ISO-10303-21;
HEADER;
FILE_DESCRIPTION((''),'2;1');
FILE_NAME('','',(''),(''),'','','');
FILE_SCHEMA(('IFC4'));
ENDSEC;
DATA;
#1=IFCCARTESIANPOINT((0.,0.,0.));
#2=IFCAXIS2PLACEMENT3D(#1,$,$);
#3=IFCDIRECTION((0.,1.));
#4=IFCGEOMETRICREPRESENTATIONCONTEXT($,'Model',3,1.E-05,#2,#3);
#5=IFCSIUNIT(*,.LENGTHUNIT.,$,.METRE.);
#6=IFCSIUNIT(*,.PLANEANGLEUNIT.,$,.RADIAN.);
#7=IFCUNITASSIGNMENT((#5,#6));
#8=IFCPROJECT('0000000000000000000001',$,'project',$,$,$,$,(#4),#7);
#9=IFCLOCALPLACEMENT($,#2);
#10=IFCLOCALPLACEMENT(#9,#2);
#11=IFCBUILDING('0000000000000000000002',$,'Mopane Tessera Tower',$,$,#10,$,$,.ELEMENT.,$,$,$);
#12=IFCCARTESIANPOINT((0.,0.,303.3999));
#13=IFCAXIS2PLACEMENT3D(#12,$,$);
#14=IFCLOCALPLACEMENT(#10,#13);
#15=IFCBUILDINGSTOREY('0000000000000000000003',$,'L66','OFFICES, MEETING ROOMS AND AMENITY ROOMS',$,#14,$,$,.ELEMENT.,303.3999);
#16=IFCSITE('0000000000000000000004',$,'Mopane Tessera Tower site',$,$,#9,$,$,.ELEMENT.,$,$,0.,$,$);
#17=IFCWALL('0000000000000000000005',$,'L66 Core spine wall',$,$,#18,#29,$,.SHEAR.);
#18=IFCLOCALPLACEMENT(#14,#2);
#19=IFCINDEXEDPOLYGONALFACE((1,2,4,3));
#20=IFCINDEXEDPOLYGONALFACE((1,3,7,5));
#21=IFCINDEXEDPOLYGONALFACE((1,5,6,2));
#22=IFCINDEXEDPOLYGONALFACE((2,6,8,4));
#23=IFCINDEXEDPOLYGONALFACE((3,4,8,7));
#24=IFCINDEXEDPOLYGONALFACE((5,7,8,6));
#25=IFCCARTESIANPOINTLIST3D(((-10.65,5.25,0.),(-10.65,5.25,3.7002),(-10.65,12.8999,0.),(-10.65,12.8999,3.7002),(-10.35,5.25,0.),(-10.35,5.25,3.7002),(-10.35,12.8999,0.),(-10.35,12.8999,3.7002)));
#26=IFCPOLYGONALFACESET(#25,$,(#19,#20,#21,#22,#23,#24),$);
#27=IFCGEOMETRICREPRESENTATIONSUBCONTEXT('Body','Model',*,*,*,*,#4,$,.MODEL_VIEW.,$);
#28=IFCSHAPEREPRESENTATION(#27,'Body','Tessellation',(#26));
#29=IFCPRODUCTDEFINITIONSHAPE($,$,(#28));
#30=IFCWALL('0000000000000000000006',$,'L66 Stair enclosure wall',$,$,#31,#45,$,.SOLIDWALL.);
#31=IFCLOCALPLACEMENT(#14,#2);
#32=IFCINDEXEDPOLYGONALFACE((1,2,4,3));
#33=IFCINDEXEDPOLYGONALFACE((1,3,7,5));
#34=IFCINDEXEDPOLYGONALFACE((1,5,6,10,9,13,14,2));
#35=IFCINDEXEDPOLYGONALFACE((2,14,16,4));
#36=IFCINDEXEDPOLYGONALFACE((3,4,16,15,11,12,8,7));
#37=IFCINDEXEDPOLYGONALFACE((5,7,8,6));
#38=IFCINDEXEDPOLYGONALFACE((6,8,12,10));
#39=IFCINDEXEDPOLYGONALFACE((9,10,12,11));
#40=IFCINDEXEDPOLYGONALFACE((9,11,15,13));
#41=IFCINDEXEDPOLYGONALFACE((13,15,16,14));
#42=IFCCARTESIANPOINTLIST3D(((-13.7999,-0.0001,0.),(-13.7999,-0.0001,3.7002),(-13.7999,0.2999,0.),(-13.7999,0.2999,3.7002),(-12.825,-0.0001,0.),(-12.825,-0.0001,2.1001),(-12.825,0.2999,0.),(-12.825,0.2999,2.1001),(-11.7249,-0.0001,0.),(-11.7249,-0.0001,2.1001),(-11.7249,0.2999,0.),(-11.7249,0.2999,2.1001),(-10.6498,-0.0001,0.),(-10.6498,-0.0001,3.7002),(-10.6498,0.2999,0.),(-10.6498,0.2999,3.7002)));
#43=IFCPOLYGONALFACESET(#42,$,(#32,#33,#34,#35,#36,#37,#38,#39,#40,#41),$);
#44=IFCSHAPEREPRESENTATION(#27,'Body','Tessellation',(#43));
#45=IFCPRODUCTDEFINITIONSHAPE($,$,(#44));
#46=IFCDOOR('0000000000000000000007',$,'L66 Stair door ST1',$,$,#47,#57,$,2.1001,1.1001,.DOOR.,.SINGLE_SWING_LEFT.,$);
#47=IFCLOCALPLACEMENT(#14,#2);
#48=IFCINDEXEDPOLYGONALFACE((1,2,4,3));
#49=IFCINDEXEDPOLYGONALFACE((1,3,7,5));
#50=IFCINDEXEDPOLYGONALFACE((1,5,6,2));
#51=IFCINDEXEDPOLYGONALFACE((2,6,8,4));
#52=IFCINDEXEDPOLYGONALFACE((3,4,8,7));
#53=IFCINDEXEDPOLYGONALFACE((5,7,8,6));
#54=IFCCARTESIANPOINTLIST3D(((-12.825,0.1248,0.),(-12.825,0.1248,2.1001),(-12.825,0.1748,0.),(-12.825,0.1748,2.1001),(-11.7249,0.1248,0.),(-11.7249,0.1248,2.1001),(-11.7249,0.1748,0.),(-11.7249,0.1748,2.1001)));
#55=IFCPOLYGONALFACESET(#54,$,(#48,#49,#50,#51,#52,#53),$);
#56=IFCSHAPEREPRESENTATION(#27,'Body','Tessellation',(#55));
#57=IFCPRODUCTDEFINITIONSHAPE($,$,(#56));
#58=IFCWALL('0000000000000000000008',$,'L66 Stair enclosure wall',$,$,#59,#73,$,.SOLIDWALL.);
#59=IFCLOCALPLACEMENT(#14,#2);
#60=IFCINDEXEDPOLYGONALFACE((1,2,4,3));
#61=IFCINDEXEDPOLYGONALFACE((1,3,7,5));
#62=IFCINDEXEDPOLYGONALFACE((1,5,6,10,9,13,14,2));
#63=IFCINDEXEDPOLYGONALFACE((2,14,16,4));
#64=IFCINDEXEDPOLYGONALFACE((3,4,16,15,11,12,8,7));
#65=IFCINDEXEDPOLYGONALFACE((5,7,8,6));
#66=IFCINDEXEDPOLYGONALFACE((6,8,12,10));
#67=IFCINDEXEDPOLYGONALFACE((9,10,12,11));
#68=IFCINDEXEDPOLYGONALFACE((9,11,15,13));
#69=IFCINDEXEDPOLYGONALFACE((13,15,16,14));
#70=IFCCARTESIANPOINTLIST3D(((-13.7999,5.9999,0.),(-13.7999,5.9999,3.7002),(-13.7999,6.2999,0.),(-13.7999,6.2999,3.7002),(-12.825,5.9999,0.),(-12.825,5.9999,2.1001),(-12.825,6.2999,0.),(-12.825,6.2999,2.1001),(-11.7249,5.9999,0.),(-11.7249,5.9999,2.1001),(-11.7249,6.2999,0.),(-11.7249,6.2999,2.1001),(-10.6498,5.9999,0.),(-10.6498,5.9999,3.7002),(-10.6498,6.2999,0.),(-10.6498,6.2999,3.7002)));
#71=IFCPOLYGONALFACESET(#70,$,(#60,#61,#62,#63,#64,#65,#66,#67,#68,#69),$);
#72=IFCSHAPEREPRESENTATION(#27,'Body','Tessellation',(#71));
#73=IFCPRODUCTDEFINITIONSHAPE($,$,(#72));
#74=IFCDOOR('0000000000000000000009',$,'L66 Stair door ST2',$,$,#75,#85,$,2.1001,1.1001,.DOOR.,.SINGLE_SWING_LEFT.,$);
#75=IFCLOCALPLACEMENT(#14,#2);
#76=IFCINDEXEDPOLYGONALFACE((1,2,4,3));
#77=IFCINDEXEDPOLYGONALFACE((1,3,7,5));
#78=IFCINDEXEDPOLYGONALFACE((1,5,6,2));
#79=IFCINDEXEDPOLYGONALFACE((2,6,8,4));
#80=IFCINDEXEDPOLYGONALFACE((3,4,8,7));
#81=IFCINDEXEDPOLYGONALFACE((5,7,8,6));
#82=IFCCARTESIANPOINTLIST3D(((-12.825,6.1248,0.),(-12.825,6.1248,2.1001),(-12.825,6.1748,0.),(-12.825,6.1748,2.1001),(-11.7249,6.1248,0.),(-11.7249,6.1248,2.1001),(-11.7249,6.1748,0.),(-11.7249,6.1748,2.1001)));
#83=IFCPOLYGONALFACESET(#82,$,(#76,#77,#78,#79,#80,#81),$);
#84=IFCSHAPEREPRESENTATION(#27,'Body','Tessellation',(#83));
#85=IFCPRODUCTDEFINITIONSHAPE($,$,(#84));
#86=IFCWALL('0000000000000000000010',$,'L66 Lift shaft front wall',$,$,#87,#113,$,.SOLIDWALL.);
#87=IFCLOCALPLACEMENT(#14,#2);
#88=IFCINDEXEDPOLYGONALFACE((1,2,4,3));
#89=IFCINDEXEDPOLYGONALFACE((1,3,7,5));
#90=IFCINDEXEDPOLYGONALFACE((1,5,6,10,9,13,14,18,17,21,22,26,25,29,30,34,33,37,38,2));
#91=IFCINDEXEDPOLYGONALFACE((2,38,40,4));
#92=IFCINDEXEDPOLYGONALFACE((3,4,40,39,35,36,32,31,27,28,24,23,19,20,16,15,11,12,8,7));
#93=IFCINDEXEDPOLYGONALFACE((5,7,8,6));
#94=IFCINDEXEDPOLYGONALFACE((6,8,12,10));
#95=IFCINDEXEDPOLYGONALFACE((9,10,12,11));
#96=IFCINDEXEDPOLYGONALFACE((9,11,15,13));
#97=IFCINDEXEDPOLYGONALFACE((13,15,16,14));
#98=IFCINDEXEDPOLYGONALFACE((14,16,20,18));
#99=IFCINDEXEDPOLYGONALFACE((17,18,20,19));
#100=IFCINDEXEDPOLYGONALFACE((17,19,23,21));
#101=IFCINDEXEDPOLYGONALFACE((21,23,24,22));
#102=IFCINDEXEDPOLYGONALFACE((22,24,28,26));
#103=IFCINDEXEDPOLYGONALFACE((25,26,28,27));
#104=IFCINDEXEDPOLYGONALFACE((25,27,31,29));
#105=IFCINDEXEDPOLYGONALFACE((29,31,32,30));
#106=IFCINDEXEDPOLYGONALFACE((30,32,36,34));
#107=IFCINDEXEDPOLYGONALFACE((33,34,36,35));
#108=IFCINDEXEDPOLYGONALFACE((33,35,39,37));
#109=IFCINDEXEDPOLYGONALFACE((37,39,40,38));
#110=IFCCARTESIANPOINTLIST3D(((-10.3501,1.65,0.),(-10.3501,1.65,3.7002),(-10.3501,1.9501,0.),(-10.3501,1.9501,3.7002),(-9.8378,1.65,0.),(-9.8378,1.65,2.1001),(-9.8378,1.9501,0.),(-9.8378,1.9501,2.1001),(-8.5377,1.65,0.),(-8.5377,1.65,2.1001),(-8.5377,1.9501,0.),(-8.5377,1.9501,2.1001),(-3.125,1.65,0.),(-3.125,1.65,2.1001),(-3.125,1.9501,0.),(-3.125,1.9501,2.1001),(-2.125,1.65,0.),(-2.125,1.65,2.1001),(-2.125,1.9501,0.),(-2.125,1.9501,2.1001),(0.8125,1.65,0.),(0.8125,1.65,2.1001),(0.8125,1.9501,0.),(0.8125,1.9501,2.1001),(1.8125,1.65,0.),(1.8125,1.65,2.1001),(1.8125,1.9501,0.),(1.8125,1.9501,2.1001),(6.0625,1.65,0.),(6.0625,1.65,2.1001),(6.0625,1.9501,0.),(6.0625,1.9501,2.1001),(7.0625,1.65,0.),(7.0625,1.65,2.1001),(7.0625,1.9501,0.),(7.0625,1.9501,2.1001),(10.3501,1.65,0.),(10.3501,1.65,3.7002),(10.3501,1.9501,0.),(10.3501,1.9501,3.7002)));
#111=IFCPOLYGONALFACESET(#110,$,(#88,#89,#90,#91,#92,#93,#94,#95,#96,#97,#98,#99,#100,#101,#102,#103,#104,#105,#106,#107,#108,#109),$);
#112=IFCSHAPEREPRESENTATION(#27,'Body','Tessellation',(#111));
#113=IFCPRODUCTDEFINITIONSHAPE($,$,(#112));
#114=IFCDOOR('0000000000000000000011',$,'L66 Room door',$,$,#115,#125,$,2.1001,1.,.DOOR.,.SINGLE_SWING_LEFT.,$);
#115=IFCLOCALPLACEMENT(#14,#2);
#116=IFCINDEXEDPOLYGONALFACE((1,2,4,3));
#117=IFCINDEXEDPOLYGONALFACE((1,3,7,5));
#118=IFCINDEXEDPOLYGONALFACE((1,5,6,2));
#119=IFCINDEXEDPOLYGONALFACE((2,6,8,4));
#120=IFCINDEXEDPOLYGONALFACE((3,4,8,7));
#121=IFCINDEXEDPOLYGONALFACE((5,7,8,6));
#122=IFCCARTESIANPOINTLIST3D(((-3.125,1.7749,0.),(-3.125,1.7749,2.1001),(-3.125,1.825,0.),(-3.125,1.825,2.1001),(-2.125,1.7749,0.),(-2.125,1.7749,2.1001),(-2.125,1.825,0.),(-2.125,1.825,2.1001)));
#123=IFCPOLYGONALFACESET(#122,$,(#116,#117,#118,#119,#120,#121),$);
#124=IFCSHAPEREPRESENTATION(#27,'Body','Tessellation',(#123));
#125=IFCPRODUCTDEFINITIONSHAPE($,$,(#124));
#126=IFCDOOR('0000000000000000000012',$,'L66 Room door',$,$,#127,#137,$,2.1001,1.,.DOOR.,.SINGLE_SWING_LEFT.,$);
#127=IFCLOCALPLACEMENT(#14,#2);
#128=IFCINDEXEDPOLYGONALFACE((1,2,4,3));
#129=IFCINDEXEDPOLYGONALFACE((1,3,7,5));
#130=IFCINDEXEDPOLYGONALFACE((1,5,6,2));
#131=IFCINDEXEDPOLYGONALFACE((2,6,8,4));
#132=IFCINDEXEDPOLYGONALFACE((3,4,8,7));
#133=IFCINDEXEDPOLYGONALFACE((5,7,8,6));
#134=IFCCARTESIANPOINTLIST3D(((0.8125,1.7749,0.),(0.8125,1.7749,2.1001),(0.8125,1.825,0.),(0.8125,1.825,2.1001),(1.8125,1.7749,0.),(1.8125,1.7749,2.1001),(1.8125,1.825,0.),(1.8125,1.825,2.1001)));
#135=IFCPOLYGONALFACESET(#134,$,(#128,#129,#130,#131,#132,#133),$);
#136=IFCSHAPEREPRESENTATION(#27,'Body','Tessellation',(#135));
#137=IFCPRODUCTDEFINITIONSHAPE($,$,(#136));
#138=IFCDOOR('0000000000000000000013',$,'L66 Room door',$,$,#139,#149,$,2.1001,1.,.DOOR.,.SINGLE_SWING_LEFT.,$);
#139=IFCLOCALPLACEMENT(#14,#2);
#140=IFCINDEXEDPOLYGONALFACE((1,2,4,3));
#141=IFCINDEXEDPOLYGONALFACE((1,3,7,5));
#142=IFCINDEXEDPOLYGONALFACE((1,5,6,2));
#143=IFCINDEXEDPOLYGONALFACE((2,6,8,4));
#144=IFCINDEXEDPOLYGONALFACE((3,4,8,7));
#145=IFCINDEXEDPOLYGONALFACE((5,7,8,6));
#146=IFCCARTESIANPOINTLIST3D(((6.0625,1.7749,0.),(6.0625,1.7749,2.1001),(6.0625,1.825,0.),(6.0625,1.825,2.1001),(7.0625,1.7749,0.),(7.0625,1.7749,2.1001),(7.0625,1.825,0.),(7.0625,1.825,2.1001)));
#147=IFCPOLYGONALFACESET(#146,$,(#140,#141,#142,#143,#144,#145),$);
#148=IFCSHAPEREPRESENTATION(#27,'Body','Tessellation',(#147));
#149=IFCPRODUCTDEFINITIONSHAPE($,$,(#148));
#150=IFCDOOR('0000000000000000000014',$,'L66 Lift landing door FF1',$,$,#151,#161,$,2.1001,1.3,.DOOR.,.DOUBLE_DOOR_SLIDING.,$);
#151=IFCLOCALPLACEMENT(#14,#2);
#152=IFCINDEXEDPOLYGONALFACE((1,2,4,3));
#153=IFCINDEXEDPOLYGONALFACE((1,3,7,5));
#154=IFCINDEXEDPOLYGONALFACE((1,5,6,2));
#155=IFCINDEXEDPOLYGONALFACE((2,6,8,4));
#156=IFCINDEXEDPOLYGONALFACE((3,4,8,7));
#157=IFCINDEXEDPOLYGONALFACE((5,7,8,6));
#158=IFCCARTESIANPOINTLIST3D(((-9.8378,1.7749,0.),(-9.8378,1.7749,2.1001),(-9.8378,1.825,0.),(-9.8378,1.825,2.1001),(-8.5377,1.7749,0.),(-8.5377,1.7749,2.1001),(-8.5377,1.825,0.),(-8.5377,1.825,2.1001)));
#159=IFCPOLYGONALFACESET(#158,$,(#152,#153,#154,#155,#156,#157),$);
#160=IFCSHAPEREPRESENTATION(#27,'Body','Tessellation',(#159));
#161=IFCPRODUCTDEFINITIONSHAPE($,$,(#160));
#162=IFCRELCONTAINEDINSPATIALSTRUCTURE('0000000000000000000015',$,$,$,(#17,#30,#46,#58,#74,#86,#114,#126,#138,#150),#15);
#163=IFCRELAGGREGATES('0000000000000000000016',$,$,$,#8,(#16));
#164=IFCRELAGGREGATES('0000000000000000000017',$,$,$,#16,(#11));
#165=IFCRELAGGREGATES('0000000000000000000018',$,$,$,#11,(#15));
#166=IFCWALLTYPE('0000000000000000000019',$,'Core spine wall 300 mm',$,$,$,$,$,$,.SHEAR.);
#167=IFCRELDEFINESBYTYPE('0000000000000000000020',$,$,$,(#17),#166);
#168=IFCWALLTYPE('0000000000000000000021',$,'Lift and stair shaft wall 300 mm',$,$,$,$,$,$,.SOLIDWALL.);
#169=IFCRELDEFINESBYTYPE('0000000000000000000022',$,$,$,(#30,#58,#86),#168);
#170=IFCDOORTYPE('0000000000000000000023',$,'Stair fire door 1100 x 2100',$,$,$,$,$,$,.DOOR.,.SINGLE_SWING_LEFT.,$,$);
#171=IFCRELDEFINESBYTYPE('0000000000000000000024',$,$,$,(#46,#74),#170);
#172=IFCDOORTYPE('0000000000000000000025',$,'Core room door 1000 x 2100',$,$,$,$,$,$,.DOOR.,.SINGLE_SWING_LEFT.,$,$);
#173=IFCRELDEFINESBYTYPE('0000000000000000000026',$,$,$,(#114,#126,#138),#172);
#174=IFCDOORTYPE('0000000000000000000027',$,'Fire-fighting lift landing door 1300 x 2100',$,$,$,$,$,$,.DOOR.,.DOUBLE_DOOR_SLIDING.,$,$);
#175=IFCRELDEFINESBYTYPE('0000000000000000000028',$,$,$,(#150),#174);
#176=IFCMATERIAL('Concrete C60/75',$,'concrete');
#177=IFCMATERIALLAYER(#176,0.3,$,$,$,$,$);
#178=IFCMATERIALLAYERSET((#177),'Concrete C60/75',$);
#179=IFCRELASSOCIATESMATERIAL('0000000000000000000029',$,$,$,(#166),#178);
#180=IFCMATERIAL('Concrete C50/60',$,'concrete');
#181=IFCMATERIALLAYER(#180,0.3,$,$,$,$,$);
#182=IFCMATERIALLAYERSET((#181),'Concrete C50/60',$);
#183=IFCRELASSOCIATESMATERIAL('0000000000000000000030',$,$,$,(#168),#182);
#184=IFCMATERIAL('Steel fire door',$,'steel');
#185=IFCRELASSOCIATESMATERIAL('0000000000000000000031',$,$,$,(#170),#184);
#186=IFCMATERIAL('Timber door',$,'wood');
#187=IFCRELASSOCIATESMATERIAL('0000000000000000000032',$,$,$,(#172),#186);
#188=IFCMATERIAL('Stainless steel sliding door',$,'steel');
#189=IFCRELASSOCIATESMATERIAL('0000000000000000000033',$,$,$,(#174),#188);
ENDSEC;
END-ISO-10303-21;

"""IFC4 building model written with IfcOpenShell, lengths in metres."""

from ifc_helpers import new_model, si_unit, direction, frame, frame_2d, origin, place, context, subcontext, project, spatial, rectangle, extrude, material, layer, layer_set, type_object, element, fill, save


model = new_model("IFC4")

# Units and contexts
model_context = context("Model", 3, precision=1e-05, world=origin(), true_north=direction((0.0, 1.0)))
body_context = subcontext(model_context, "Body", "Model", "MODEL_VIEW")
ifc_project = project(units=[si_unit("LENGTHUNIT", "METRE"), si_unit("PLANEANGLEUNIT", "RADIAN")], contexts=[model_context])

# Site, building, storey
site_placement = place(None, origin())
site = spatial("IfcSite", under=ifc_project, at=site_placement, Name="Mopane Tessera Tower site", CompositionType="ELEMENT", RefElevation=0.0)
building_placement = place(site_placement, origin())
building = spatial("IfcBuilding", under=site, at=building_placement, Name="Mopane Tessera Tower", CompositionType="ELEMENT")
storey_placement = place(building_placement, frame((0.0, 0.0, 303.3999)))
storey = spatial("IfcBuildingStorey", under=building, at=storey_placement, Name="L66", Description="OFFICES, MEETING ROOMS AND AMENITY ROOMS", CompositionType="ELEMENT", Elevation=303.3999)

# Wall
ifc_material_1 = material(Name="Concrete C60/75", Category="concrete")
ifc_layer_1 = layer(ifc_material_1, 0.3)
ifc_layer_set_1 = layer_set([ifc_layer_1], Name="Concrete C60/75")
wall_type_1 = type_object("IfcWallType", Name="Core spine wall 300 mm", PredefinedType="SHEAR", material=ifc_layer_set_1)
wall_1_placement = place(storey_placement, frame((-10.5, 5.25, 0.0), z_axis=(0.0, 0.0, 1.0), x_axis=(0.0, 1.0, 0.0)))
element("IfcWall", 1, at=wall_1_placement, inside=storey, type_object=wall_type_1, Name="L66 Core spine wall", PredefinedType="SHEAR", context=body_context, shape_type="SweptSolid", body=[
    extrude(rectangle(XDim=7.6499, YDim=0.3, at=frame_2d((3.825, 0.0))), origin(), (0.0, 0.0, 1.0), 3.7002),
])

# Walls, openings, doors
ifc_material_2 = material(Name="Concrete C50/60", Category="concrete")
ifc_layer_2 = layer(ifc_material_2, 0.3)
ifc_layer_set_2 = layer_set([ifc_layer_2], Name="Concrete C50/60")
wall_type_2 = type_object("IfcWallType", Name="Lift and stair shaft wall 300 mm", PredefinedType="SOLIDWALL", material=ifc_layer_set_2)
wall_2_placement = place(storey_placement, frame((-13.8, 0.1499, 0.0), z_axis=(0.0, 0.0, 1.0), x_axis=(1.0, 0.0, 0.0)))
wall_2 = element("IfcWall", 2, at=wall_2_placement, inside=storey, type_object=wall_type_2, Name="L66 Stair enclosure wall", PredefinedType="SOLIDWALL", context=body_context, shape_type="SweptSolid", body=[
    extrude(rectangle(XDim=3.1501, YDim=0.3, at=frame_2d((1.5752, 0.0))), origin(), (0.0, 0.0, 1.0), 3.7002),
])
opening_1_placement = place(wall_2_placement, frame((0.9751, 0.0, 0.0)))
opening_1 = element("IfcOpeningElement", 3, at=opening_1_placement, cuts=wall_2, PredefinedType="OPENING", context=body_context, shape_type="SweptSolid", body=[
    extrude(rectangle(XDim=1.1001, YDim=2.1001, at=frame_2d((0.55, 1.05))), frame((0.0, 0.1621, 0.0), z_axis=(0.0, -1.0, 0.0), x_axis=(1.0, 0.0, 0.0)), (0.0, 0.0, 1.0), 0.324),
])
ifc_material_3 = material(Name="Steel fire door", Category="steel")
door_type_1 = type_object("IfcDoorType", Name="Stair fire door 1100 x 2100", OperationType="SINGLE_SWING_LEFT", PredefinedType="DOOR", material=ifc_material_3)
door_1_placement = place(opening_1_placement, origin())
door_1 = element("IfcDoor", 4, at=door_1_placement, inside=storey, type_object=door_type_1, Name="L66 Stair door ST1", OperationType="SINGLE_SWING_LEFT", OverallHeight=2.1001, OverallWidth=1.1001, PredefinedType="DOOR", context=body_context, shape_type="SweptSolid", body=[
    extrude(rectangle(XDim=1.1001, YDim=2.1001, at=frame_2d((0.55, 1.05))), frame((0.0, 0.0249, 0.0), z_axis=(0.0, -1.0, 0.0), x_axis=(1.0, 0.0, 0.0)), (0.0, 0.0, 1.0), 0.05),
])
fill(opening_1, door_1)
wall_3_placement = place(storey_placement, frame((-13.8, 6.1499, 0.0), z_axis=(0.0, 0.0, 1.0), x_axis=(1.0, 0.0, 0.0)))
wall_3 = element("IfcWall", 5, at=wall_3_placement, inside=storey, type_object=wall_type_2, Name="L66 Stair enclosure wall", PredefinedType="SOLIDWALL", context=body_context, shape_type="SweptSolid", body=[
    extrude(rectangle(XDim=3.1501, YDim=0.3, at=frame_2d((1.5752, 0.0))), origin(), (0.0, 0.0, 1.0), 3.7002),
])
opening_2_placement = place(wall_3_placement, frame((0.9751, 0.0, 0.0)))
opening_2 = element("IfcOpeningElement", 6, at=opening_2_placement, cuts=wall_3, PredefinedType="OPENING", context=body_context, shape_type="SweptSolid", body=[
    extrude(rectangle(XDim=1.1001, YDim=2.1001, at=frame_2d((0.55, 1.05))), frame((0.0, 0.1621, 0.0), z_axis=(0.0, -1.0, 0.0), x_axis=(1.0, 0.0, 0.0)), (0.0, 0.0, 1.0), 0.324),
])
door_2_placement = place(opening_2_placement, origin())
door_2 = element("IfcDoor", 7, at=door_2_placement, inside=storey, type_object=door_type_1, Name="L66 Stair door ST2", OperationType="SINGLE_SWING_LEFT", OverallHeight=2.1001, OverallWidth=1.1001, PredefinedType="DOOR", context=body_context, shape_type="SweptSolid", body=[
    extrude(rectangle(XDim=1.1001, YDim=2.1001, at=frame_2d((0.55, 1.05))), frame((0.0, 0.0249, 0.0), z_axis=(0.0, -1.0, 0.0), x_axis=(1.0, 0.0, 0.0)), (0.0, 0.0, 1.0), 0.05),
])
fill(opening_2, door_2)

# Wall, openings, doors
wall_4_placement = place(storey_placement, frame((-10.3501, 1.8, 0.0), z_axis=(0.0, 0.0, 1.0), x_axis=(1.0, 0.0, 0.0)))
wall_4 = element("IfcWall", 8, at=wall_4_placement, inside=storey, type_object=wall_type_2, Name="L66 Lift shaft front wall", PredefinedType="SOLIDWALL", context=body_context, shape_type="SweptSolid", body=[
    extrude(rectangle(XDim=20.7002, YDim=0.3, at=frame_2d((10.3501, 0.0))), origin(), (0.0, 0.0, 1.0), 3.7002),
])
opening_3_placement = place(wall_4_placement, frame((0.5125, 0.0, 0.0)))
opening_3 = element("IfcOpeningElement", 9, at=opening_3_placement, cuts=wall_4, PredefinedType="OPENING", context=body_context, shape_type="SweptSolid", body=[
    extrude(rectangle(XDim=1.3, YDim=2.1001, at=frame_2d((0.6499, 1.05))), frame((0.0, 0.1621, 0.0), z_axis=(0.0, -1.0, 0.0), x_axis=(1.0, 0.0, 0.0)), (0.0, 0.0, 1.0), 0.324),
])
opening_4_placement = place(wall_4_placement, frame((7.2251, 0.0, 0.0)))
opening_4 = element("IfcOpeningElement", 10, at=opening_4_placement, cuts=wall_4, PredefinedType="OPENING", context=body_context, shape_type="SweptSolid", body=[
    extrude(rectangle(XDim=1.0, YDim=2.1001, at=frame_2d((0.5, 1.05))), frame((0.0, 0.1621, 0.0), z_axis=(0.0, -1.0, 0.0), x_axis=(1.0, 0.0, 0.0)), (0.0, 0.0, 1.0), 0.324),
])
opening_5_placement = place(wall_4_placement, frame((11.1626, 0.0, 0.0)))
opening_5 = element("IfcOpeningElement", 11, at=opening_5_placement, cuts=wall_4, PredefinedType="OPENING", context=body_context, shape_type="SweptSolid", body=[
    extrude(rectangle(XDim=1.0, YDim=2.1001, at=frame_2d((0.5, 1.05))), frame((0.0, 0.1621, 0.0), z_axis=(0.0, -1.0, 0.0), x_axis=(1.0, 0.0, 0.0)), (0.0, 0.0, 1.0), 0.324),
])
opening_6_placement = place(wall_4_placement, frame((16.4126, 0.0, 0.0)))
opening_6 = element("IfcOpeningElement", 12, at=opening_6_placement, cuts=wall_4, PredefinedType="OPENING", context=body_context, shape_type="SweptSolid", body=[
    extrude(rectangle(XDim=1.0, YDim=2.1001, at=frame_2d((0.5, 1.05))), frame((0.0, 0.1621, 0.0), z_axis=(0.0, -1.0, 0.0), x_axis=(1.0, 0.0, 0.0)), (0.0, 0.0, 1.0), 0.324),
])
ifc_material_4 = material(Name="Timber door", Category="wood")
door_type_2 = type_object("IfcDoorType", Name="Core room door 1000 x 2100", OperationType="SINGLE_SWING_LEFT", PredefinedType="DOOR", material=ifc_material_4)
door_3_placement = place(opening_4_placement, origin())
door_3 = element("IfcDoor", 13, at=door_3_placement, inside=storey, type_object=door_type_2, Name="L66 Room door", OperationType="SINGLE_SWING_LEFT", OverallHeight=2.1001, OverallWidth=1.0, PredefinedType="DOOR", context=body_context, shape_type="SweptSolid", body=[
    extrude(rectangle(XDim=1.0, YDim=2.1001, at=frame_2d((0.5, 1.05))), frame((0.0, 0.0249, 0.0), z_axis=(0.0, -1.0, 0.0), x_axis=(1.0, 0.0, 0.0)), (0.0, 0.0, 1.0), 0.05),
])
fill(opening_4, door_3)
door_4_placement = place(opening_5_placement, origin())
door_4 = element("IfcDoor", 14, at=door_4_placement, inside=storey, type_object=door_type_2, Name="L66 Room door", OperationType="SINGLE_SWING_LEFT", OverallHeight=2.1001, OverallWidth=1.0, PredefinedType="DOOR", context=body_context, shape_type="SweptSolid", body=[
    extrude(rectangle(XDim=1.0, YDim=2.1001, at=frame_2d((0.5, 1.05))), frame((0.0, 0.0249, 0.0), z_axis=(0.0, -1.0, 0.0), x_axis=(1.0, 0.0, 0.0)), (0.0, 0.0, 1.0), 0.05),
])
fill(opening_5, door_4)
door_5_placement = place(opening_6_placement, origin())
door_5 = element("IfcDoor", 15, at=door_5_placement, inside=storey, type_object=door_type_2, Name="L66 Room door", OperationType="SINGLE_SWING_LEFT", OverallHeight=2.1001, OverallWidth=1.0, PredefinedType="DOOR", context=body_context, shape_type="SweptSolid", body=[
    extrude(rectangle(XDim=1.0, YDim=2.1001, at=frame_2d((0.5, 1.05))), frame((0.0, 0.0249, 0.0), z_axis=(0.0, -1.0, 0.0), x_axis=(1.0, 0.0, 0.0)), (0.0, 0.0, 1.0), 0.05),
])
fill(opening_6, door_5)
ifc_material_5 = material(Name="Stainless steel sliding door", Category="steel")
door_type_3 = type_object("IfcDoorType", Name="Fire-fighting lift landing door 1300 x 2100", OperationType="DOUBLE_DOOR_SLIDING", PredefinedType="DOOR", material=ifc_material_5)
door_6_placement = place(opening_3_placement, origin())
door_6 = element("IfcDoor", 16, at=door_6_placement, inside=storey, type_object=door_type_3, Name="L66 Lift landing door FF1", OperationType="DOUBLE_DOOR_SLIDING", OverallHeight=2.1001, OverallWidth=1.3, PredefinedType="DOOR", context=body_context, shape_type="SweptSolid", body=[
    extrude(rectangle(XDim=1.3, YDim=2.1001, at=frame_2d((0.6499, 1.05))), frame((0.0, 0.0249, 0.0), z_axis=(0.0, -1.0, 0.0), x_axis=(1.0, 0.0, 0.0)), (0.0, 0.0, 1.0), 0.05),
])
fill(opening_3, door_6)

save(model, "model.ifc")
